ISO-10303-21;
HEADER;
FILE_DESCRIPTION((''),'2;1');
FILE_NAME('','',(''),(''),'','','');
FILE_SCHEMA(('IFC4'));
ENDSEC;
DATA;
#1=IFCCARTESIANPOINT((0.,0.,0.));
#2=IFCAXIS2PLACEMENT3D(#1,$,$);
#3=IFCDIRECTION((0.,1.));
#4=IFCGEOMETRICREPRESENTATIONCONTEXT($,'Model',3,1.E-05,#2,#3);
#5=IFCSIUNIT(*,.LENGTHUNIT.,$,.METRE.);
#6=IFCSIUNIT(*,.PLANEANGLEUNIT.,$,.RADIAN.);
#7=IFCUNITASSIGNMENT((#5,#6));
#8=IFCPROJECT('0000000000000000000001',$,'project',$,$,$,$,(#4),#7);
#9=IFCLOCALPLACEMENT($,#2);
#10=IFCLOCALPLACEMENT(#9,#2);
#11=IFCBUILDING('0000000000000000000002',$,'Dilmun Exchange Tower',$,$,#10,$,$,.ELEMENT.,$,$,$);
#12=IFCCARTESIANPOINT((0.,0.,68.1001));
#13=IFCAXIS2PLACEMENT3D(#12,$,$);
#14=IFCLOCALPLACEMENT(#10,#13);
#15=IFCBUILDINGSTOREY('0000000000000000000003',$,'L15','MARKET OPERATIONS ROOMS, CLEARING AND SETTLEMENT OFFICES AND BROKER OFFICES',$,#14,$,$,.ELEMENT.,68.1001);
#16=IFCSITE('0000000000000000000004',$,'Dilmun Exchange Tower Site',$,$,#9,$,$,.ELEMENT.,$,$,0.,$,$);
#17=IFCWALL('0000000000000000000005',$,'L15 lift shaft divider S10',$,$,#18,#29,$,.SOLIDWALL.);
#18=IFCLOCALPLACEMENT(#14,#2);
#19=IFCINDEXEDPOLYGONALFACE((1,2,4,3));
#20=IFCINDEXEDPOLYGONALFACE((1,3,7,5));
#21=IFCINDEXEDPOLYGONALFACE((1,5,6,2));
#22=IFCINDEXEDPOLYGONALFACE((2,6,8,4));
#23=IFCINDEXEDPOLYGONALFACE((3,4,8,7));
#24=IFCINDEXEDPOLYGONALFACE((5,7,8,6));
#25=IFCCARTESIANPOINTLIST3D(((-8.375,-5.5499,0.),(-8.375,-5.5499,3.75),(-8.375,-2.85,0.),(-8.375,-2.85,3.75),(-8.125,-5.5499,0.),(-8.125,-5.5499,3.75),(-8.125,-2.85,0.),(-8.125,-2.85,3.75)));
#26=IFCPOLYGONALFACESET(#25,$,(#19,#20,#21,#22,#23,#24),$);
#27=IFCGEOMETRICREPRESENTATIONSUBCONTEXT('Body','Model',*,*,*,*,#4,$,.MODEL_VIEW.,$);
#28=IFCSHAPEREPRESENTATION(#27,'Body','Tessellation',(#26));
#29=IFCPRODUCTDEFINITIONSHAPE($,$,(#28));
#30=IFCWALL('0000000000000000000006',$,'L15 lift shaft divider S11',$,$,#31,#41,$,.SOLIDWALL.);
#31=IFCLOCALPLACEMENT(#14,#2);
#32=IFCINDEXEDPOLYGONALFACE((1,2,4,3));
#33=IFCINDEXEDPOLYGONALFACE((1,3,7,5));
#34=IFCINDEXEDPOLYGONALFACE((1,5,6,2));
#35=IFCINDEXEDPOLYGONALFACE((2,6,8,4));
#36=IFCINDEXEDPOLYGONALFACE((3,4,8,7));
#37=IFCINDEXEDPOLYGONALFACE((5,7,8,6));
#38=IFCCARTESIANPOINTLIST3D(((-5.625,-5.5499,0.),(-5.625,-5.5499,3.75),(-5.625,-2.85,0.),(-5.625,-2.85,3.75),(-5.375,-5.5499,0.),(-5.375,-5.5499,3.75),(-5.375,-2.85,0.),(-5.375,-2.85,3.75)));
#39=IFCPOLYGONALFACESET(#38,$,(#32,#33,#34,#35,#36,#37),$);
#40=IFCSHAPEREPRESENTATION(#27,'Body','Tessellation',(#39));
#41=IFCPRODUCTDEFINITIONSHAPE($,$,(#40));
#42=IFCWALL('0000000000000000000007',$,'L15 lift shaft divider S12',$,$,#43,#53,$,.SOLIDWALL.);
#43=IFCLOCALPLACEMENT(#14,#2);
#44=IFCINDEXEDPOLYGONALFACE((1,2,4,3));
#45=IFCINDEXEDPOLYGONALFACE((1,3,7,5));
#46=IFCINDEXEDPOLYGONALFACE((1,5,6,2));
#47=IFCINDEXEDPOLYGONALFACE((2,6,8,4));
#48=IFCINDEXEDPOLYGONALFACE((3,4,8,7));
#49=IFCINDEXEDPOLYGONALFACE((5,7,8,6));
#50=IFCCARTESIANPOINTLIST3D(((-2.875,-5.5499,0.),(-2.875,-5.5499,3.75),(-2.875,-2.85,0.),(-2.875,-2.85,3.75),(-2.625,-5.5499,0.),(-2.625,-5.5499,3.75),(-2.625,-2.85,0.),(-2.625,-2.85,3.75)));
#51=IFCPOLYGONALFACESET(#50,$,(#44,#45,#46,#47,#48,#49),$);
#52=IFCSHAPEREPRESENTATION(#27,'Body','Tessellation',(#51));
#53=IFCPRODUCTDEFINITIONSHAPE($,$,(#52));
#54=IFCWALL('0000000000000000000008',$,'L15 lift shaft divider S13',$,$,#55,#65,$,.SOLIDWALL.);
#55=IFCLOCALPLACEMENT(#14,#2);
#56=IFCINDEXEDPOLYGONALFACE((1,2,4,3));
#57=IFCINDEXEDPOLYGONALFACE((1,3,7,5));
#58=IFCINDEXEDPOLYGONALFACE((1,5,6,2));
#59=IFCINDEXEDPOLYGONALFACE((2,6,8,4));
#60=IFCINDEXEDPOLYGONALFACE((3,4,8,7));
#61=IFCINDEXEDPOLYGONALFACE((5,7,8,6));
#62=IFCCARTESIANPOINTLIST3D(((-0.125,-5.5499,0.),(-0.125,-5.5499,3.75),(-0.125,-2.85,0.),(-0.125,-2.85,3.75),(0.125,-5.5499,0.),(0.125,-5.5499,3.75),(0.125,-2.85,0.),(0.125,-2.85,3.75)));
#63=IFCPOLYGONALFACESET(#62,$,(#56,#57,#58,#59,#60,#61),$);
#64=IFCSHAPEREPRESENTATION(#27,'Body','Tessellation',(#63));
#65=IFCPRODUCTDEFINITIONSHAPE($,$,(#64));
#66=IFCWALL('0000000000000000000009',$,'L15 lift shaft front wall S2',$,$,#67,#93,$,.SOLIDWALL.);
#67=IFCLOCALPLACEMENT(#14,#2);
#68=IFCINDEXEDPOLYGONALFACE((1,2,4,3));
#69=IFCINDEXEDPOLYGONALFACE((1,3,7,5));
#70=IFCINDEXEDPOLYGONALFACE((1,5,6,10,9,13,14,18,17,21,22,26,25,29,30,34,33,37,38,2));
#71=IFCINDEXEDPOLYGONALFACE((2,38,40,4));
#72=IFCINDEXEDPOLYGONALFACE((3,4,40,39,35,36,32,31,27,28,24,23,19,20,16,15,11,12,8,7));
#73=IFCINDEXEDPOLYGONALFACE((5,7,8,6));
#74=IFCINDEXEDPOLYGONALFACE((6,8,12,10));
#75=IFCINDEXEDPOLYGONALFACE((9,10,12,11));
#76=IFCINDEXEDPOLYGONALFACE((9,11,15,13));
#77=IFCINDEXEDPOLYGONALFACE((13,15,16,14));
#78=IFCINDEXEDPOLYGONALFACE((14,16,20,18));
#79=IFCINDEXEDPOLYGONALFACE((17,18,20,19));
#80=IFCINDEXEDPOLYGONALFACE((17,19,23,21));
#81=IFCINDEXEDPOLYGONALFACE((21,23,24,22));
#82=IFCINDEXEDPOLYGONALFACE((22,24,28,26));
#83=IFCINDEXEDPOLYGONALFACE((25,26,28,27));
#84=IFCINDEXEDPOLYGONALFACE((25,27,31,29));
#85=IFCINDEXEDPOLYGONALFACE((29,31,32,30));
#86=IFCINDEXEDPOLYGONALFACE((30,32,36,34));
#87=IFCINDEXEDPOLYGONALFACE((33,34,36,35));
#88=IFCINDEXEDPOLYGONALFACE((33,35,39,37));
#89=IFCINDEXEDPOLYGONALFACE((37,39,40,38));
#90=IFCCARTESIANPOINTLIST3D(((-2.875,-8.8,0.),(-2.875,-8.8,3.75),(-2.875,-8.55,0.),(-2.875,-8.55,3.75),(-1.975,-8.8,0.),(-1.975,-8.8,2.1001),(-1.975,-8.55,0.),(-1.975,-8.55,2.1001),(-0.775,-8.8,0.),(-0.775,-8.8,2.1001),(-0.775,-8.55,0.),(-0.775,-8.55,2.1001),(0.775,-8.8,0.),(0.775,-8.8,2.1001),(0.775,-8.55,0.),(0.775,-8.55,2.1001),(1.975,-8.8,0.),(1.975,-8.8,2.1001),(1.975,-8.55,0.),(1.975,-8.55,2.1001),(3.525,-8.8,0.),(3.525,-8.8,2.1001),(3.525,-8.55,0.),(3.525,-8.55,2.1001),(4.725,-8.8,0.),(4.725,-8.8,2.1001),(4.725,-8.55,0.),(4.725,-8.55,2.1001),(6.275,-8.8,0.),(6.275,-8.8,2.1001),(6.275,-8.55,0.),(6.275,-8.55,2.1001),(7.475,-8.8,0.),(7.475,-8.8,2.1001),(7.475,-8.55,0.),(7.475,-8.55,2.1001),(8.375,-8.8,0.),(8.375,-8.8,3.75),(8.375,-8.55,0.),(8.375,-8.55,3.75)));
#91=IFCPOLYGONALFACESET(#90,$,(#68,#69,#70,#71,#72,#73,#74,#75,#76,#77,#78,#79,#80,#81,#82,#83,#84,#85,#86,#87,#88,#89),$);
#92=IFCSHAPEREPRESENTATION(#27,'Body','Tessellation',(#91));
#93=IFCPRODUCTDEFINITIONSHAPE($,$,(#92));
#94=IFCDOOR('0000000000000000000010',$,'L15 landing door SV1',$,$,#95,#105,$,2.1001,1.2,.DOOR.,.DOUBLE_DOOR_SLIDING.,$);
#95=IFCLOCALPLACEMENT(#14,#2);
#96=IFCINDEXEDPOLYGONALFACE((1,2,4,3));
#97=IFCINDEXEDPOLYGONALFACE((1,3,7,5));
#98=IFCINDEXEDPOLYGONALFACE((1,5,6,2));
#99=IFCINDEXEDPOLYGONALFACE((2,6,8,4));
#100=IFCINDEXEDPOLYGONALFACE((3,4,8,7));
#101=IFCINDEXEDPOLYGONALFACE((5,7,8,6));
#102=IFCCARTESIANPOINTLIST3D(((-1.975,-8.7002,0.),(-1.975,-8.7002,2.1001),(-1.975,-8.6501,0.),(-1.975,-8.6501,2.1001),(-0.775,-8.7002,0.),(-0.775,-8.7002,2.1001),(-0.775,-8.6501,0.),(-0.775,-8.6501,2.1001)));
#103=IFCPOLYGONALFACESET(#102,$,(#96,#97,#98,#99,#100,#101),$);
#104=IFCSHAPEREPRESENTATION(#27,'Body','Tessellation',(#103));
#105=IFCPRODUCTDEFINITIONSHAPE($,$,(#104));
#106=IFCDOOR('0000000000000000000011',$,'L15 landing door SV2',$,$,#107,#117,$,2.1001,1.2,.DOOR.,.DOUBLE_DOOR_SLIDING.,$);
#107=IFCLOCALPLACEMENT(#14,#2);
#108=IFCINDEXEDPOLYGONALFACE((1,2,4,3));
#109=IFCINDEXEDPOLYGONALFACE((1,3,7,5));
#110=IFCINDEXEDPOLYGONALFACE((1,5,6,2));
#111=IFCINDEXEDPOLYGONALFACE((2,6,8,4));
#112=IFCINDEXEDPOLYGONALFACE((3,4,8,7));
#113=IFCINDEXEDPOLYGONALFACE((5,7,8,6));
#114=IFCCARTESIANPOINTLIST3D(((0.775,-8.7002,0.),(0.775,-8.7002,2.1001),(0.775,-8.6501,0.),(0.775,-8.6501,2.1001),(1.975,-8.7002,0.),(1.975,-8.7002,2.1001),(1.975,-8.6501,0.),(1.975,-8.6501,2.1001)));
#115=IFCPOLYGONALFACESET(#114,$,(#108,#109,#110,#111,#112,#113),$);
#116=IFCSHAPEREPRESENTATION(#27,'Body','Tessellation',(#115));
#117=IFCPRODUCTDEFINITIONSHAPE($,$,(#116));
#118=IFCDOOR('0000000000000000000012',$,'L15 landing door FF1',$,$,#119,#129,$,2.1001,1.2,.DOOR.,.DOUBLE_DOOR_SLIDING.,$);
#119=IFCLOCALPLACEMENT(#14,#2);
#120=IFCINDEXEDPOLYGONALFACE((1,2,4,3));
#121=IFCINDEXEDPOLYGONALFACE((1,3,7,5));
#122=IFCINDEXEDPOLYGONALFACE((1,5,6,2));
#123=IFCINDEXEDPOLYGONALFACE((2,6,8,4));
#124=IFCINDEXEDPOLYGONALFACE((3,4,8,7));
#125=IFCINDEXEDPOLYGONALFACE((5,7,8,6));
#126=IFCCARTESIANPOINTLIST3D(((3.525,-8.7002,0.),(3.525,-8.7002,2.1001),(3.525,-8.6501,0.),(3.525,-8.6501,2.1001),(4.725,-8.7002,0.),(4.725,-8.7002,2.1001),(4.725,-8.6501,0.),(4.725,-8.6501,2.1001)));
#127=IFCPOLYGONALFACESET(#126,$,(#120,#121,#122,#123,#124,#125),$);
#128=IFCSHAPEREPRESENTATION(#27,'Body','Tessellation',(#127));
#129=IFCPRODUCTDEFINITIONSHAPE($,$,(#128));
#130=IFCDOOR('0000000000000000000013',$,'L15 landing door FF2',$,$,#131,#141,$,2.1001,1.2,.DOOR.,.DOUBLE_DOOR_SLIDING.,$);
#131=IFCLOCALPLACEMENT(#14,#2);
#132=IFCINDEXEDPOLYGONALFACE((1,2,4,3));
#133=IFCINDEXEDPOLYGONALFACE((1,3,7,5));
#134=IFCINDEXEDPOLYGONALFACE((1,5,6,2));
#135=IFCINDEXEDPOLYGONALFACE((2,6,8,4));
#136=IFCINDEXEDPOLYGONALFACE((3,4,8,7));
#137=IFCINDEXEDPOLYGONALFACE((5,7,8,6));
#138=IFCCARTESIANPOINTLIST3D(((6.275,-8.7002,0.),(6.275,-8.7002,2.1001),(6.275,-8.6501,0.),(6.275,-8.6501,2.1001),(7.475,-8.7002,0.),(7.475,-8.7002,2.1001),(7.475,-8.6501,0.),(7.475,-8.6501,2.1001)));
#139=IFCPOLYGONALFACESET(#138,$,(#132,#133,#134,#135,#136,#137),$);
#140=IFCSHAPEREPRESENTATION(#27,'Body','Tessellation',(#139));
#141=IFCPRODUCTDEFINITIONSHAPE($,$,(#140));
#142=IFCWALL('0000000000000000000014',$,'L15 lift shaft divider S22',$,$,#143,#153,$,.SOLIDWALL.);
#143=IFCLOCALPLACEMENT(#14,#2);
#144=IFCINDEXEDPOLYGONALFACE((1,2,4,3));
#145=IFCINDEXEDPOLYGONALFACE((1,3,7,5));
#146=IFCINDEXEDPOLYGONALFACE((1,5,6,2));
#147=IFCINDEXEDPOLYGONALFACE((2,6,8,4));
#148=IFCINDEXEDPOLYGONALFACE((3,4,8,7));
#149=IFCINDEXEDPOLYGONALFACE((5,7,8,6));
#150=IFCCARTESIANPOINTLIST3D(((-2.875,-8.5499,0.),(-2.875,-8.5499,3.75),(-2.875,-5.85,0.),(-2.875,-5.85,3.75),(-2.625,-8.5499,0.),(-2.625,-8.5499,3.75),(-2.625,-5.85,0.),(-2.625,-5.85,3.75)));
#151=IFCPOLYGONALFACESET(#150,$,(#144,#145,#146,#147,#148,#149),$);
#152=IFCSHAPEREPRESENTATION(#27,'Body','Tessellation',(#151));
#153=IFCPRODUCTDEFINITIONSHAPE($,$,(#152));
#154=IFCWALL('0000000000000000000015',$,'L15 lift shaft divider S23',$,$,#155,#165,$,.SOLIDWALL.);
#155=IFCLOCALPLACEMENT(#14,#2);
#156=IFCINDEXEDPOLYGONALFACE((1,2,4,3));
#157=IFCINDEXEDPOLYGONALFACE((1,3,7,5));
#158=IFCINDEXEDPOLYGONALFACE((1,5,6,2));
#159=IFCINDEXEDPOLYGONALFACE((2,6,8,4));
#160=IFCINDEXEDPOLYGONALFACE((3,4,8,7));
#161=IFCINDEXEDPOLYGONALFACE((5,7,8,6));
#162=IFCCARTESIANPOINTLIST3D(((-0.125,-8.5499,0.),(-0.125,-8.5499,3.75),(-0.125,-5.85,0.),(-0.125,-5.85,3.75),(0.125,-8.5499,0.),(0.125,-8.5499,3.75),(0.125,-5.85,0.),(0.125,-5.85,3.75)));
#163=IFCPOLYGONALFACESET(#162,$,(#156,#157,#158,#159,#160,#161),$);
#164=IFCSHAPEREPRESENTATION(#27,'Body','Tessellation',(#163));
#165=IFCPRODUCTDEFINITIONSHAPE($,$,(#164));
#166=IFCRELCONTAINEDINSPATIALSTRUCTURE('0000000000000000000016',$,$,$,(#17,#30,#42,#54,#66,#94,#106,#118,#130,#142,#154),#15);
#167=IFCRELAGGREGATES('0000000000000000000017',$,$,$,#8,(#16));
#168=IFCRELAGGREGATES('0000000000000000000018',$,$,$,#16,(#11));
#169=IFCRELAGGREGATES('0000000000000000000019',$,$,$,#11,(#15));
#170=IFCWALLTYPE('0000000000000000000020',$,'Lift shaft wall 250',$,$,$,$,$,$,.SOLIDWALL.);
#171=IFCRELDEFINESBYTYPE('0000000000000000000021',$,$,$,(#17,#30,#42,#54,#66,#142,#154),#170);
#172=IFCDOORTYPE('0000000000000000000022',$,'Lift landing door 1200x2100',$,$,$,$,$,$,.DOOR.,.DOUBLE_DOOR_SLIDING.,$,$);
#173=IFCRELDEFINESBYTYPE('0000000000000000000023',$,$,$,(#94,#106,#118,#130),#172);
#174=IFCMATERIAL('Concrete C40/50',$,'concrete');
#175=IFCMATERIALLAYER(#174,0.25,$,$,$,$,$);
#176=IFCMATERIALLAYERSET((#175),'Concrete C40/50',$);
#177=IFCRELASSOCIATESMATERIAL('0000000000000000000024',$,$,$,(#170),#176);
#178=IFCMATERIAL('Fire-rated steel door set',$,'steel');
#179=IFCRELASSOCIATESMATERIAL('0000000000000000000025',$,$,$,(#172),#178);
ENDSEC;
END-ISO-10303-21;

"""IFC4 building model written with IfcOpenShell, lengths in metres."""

from ifc_helpers import new_model, si_unit, direction, frame, frame_2d, origin, place, context, subcontext, project, spatial, rectangle, extrude, material, layer, layer_set, type_object, element, fill, save


model = new_model("IFC4")

# Units and contexts
model_context = context("Model", 3, precision=1e-05, world=origin(), true_north=direction((0.0, 1.0)))
body_context = subcontext(model_context, "Body", "Model", "MODEL_VIEW")
ifc_project = project(units=[si_unit("LENGTHUNIT", "METRE"), si_unit("PLANEANGLEUNIT", "RADIAN")], contexts=[model_context])

# Site, building, storey
site_placement = place(None, origin())
site = spatial("IfcSite", under=ifc_project, at=site_placement, Name="Dilmun Exchange Tower Site", CompositionType="ELEMENT", RefElevation=0.0)
building_placement = place(site_placement, origin())
building = spatial("IfcBuilding", under=site, at=building_placement, Name="Dilmun Exchange Tower", CompositionType="ELEMENT")
storey_placement = place(building_placement, frame((0.0, 0.0, 68.1001)))
storey = spatial("IfcBuildingStorey", under=building, at=storey_placement, Name="L15", Description="MARKET OPERATIONS ROOMS, CLEARING AND SETTLEMENT OFFICES AND BROKER OFFICES", CompositionType="ELEMENT", Elevation=68.1001)

# Shared definitions
ifc_material_1 = material(Name="Concrete C40/50", Category="concrete")

# Shared definitions
ifc_material_2 = material(Name="Fire-rated steel door set", Category="steel")

# Walls
ifc_layer_1 = layer(ifc_material_1, 0.25)
ifc_layer_set_1 = layer_set([ifc_layer_1], Name="Concrete C40/50")
wall_type_1 = type_object("IfcWallType", Name="Lift shaft wall 250", PredefinedType="SOLIDWALL", material=ifc_layer_set_1)
for number, where, z_axis, x_axis, name in (
    (1, (-8.25, -5.55, 0.0), (0.0, 0.0, 1.0), (0.0, 1.0, 0.0), "L15 lift shaft divider S10"),
    (2, (-5.5, -5.55, 0.0), (0.0, 0.0, 1.0), (0.0, 1.0, 0.0), "L15 lift shaft divider S11"),
    (3, (-2.75, -5.55, 0.0), (0.0, 0.0, 1.0), (0.0, 1.0, 0.0), "L15 lift shaft divider S12"),
    (4, (0.0, -5.55, 0.0), (0.0, 0.0, 1.0), (0.0, 1.0, 0.0), "L15 lift shaft divider S13"),
):
    element("IfcWall", number, at=place(storey_placement, frame(where, z_axis=z_axis, x_axis=x_axis)), inside=storey, type_object=wall_type_1, Name=name, PredefinedType="SOLIDWALL", context=body_context, shape_type="SweptSolid", body=[
        extrude(rectangle(XDim=2.7, YDim=0.25, at=frame_2d((1.3501, 0.0))), origin(), (0.0, 0.0, 1.0), 3.75),
    ])

# Wall, openings, doors
wall_1_placement = place(storey_placement, frame((-2.875, -8.675, 0.0), z_axis=(0.0, 0.0, 1.0), x_axis=(1.0, 0.0, 0.0)))
wall_1 = element("IfcWall", 5, at=wall_1_placement, inside=storey, type_object=wall_type_1, Name="L15 lift shaft front wall S2", PredefinedType="SOLIDWALL", context=body_context, shape_type="SweptSolid", body=[
    extrude(rectangle(XDim=11.25, YDim=0.25, at=frame_2d((5.625, 0.0))), origin(), (0.0, 0.0, 1.0), 3.75),
])
opening_1_placement = place(wall_1_placement, frame((0.8999, 0.0, 0.0)))
opening_1 = element("IfcOpeningElement", 6, at=opening_1_placement, cuts=wall_1, PredefinedType="OPENING", context=body_context, shape_type="SweptSolid", body=[
    extrude(rectangle(XDim=1.2, YDim=2.1001, at=frame_2d((0.6001, 1.05))), frame((0.0, 0.135, 0.0), z_axis=(0.0, -1.0, 0.0), x_axis=(1.0, 0.0, 0.0)), (0.0, 0.0, 1.0), 0.27),
])
opening_2_placement = place(wall_1_placement, frame((3.6499, 0.0, 0.0)))
opening_2 = element("IfcOpeningElement", 7, at=opening_2_placement, cuts=wall_1, PredefinedType="OPENING", context=body_context, shape_type="SweptSolid", body=[
    extrude(rectangle(XDim=1.2, YDim=2.1001, at=frame_2d((0.6001, 1.05))), frame((0.0, 0.135, 0.0), z_axis=(0.0, -1.0, 0.0), x_axis=(1.0, 0.0, 0.0)), (0.0, 0.0, 1.0), 0.27),
])
opening_3_placement = place(wall_1_placement, frame((6.3999, 0.0, 0.0)))
opening_3 = element("IfcOpeningElement", 8, at=opening_3_placement, cuts=wall_1, PredefinedType="OPENING", context=body_context, shape_type="SweptSolid", body=[
    extrude(rectangle(XDim=1.2, YDim=2.1001, at=frame_2d((0.6001, 1.05))), frame((0.0, 0.135, 0.0), z_axis=(0.0, -1.0, 0.0), x_axis=(1.0, 0.0, 0.0)), (0.0, 0.0, 1.0), 0.27),
])
opening_4_placement = place(wall_1_placement, frame((9.1499, 0.0, 0.0)))
opening_4 = element("IfcOpeningElement", 9, at=opening_4_placement, cuts=wall_1, PredefinedType="OPENING", context=body_context, shape_type="SweptSolid", body=[
    extrude(rectangle(XDim=1.2, YDim=2.1001, at=frame_2d((0.6001, 1.05))), frame((0.0, 0.135, 0.0), z_axis=(0.0, -1.0, 0.0), x_axis=(1.0, 0.0, 0.0)), (0.0, 0.0, 1.0), 0.27),
])
door_type_1 = type_object("IfcDoorType", Name="Lift landing door 1200x2100", OperationType="DOUBLE_DOOR_SLIDING", PredefinedType="DOOR", material=ifc_material_2)
door_1_placement = place(opening_1_placement, origin())
door_1 = element("IfcDoor", 10, at=door_1_placement, inside=storey, type_object=door_type_1, Name="L15 landing door SV1", OperationType="DOUBLE_DOOR_SLIDING", OverallHeight=2.1001, OverallWidth=1.2, PredefinedType="DOOR", context=body_context, shape_type="SweptSolid", body=[
    extrude(rectangle(XDim=1.2, YDim=2.1001, at=frame_2d((0.6001, 1.05))), frame((0.0, 0.0249, 0.0), z_axis=(0.0, -1.0, 0.0), x_axis=(1.0, 0.0, 0.0)), (0.0, 0.0, 1.0), 0.05),
])
fill(opening_1, door_1)
door_2_placement = place(opening_2_placement, origin())
door_2 = element("IfcDoor", 11, at=door_2_placement, inside=storey, type_object=door_type_1, Name="L15 landing door SV2", OperationType="DOUBLE_DOOR_SLIDING", OverallHeight=2.1001, OverallWidth=1.2, PredefinedType="DOOR", context=body_context, shape_type="SweptSolid", body=[
    extrude(rectangle(XDim=1.2, YDim=2.1001, at=frame_2d((0.6001, 1.05))), frame((0.0, 0.0249, 0.0), z_axis=(0.0, -1.0, 0.0), x_axis=(1.0, 0.0, 0.0)), (0.0, 0.0, 1.0), 0.05),
])
fill(opening_2, door_2)
door_3_placement = place(opening_3_placement, origin())
door_3 = element("IfcDoor", 12, at=door_3_placement, inside=storey, type_object=door_type_1, Name="L15 landing door FF1", OperationType="DOUBLE_DOOR_SLIDING", OverallHeight=2.1001, OverallWidth=1.2, PredefinedType="DOOR", context=body_context, shape_type="SweptSolid", body=[
    extrude(rectangle(XDim=1.2, YDim=2.1001, at=frame_2d((0.6001, 1.05))), frame((0.0, 0.0249, 0.0), z_axis=(0.0, -1.0, 0.0), x_axis=(1.0, 0.0, 0.0)), (0.0, 0.0, 1.0), 0.05),
])
fill(opening_3, door_3)
door_4_placement = place(opening_4_placement, origin())
door_4 = element("IfcDoor", 13, at=door_4_placement, inside=storey, type_object=door_type_1, Name="L15 landing door FF2", OperationType="DOUBLE_DOOR_SLIDING", OverallHeight=2.1001, OverallWidth=1.2, PredefinedType="DOOR", context=body_context, shape_type="SweptSolid", body=[
    extrude(rectangle(XDim=1.2, YDim=2.1001, at=frame_2d((0.6001, 1.05))), frame((0.0, 0.0249, 0.0), z_axis=(0.0, -1.0, 0.0), x_axis=(1.0, 0.0, 0.0)), (0.0, 0.0, 1.0), 0.05),
])
fill(opening_4, door_4)

# Walls
for number, where, z_axis, x_axis, name in (
    (14, (-2.75, -8.55, 0.0), (0.0, 0.0, 1.0), (0.0, 1.0, 0.0), "L15 lift shaft divider S22"),
    (15, (0.0, -8.55, 0.0), (0.0, 0.0, 1.0), (0.0, 1.0, 0.0), "L15 lift shaft divider S23"),
):
    element("IfcWall", number, at=place(storey_placement, frame(where, z_axis=z_axis, x_axis=x_axis)), inside=storey, type_object=wall_type_1, Name=name, PredefinedType="SOLIDWALL", context=body_context, shape_type="SweptSolid", body=[
        extrude(rectangle(XDim=2.7, YDim=0.25, at=frame_2d((1.3501, 0.0))), origin(), (0.0, 0.0, 1.0), 3.75),
    ])

save(model, "model.ifc")
